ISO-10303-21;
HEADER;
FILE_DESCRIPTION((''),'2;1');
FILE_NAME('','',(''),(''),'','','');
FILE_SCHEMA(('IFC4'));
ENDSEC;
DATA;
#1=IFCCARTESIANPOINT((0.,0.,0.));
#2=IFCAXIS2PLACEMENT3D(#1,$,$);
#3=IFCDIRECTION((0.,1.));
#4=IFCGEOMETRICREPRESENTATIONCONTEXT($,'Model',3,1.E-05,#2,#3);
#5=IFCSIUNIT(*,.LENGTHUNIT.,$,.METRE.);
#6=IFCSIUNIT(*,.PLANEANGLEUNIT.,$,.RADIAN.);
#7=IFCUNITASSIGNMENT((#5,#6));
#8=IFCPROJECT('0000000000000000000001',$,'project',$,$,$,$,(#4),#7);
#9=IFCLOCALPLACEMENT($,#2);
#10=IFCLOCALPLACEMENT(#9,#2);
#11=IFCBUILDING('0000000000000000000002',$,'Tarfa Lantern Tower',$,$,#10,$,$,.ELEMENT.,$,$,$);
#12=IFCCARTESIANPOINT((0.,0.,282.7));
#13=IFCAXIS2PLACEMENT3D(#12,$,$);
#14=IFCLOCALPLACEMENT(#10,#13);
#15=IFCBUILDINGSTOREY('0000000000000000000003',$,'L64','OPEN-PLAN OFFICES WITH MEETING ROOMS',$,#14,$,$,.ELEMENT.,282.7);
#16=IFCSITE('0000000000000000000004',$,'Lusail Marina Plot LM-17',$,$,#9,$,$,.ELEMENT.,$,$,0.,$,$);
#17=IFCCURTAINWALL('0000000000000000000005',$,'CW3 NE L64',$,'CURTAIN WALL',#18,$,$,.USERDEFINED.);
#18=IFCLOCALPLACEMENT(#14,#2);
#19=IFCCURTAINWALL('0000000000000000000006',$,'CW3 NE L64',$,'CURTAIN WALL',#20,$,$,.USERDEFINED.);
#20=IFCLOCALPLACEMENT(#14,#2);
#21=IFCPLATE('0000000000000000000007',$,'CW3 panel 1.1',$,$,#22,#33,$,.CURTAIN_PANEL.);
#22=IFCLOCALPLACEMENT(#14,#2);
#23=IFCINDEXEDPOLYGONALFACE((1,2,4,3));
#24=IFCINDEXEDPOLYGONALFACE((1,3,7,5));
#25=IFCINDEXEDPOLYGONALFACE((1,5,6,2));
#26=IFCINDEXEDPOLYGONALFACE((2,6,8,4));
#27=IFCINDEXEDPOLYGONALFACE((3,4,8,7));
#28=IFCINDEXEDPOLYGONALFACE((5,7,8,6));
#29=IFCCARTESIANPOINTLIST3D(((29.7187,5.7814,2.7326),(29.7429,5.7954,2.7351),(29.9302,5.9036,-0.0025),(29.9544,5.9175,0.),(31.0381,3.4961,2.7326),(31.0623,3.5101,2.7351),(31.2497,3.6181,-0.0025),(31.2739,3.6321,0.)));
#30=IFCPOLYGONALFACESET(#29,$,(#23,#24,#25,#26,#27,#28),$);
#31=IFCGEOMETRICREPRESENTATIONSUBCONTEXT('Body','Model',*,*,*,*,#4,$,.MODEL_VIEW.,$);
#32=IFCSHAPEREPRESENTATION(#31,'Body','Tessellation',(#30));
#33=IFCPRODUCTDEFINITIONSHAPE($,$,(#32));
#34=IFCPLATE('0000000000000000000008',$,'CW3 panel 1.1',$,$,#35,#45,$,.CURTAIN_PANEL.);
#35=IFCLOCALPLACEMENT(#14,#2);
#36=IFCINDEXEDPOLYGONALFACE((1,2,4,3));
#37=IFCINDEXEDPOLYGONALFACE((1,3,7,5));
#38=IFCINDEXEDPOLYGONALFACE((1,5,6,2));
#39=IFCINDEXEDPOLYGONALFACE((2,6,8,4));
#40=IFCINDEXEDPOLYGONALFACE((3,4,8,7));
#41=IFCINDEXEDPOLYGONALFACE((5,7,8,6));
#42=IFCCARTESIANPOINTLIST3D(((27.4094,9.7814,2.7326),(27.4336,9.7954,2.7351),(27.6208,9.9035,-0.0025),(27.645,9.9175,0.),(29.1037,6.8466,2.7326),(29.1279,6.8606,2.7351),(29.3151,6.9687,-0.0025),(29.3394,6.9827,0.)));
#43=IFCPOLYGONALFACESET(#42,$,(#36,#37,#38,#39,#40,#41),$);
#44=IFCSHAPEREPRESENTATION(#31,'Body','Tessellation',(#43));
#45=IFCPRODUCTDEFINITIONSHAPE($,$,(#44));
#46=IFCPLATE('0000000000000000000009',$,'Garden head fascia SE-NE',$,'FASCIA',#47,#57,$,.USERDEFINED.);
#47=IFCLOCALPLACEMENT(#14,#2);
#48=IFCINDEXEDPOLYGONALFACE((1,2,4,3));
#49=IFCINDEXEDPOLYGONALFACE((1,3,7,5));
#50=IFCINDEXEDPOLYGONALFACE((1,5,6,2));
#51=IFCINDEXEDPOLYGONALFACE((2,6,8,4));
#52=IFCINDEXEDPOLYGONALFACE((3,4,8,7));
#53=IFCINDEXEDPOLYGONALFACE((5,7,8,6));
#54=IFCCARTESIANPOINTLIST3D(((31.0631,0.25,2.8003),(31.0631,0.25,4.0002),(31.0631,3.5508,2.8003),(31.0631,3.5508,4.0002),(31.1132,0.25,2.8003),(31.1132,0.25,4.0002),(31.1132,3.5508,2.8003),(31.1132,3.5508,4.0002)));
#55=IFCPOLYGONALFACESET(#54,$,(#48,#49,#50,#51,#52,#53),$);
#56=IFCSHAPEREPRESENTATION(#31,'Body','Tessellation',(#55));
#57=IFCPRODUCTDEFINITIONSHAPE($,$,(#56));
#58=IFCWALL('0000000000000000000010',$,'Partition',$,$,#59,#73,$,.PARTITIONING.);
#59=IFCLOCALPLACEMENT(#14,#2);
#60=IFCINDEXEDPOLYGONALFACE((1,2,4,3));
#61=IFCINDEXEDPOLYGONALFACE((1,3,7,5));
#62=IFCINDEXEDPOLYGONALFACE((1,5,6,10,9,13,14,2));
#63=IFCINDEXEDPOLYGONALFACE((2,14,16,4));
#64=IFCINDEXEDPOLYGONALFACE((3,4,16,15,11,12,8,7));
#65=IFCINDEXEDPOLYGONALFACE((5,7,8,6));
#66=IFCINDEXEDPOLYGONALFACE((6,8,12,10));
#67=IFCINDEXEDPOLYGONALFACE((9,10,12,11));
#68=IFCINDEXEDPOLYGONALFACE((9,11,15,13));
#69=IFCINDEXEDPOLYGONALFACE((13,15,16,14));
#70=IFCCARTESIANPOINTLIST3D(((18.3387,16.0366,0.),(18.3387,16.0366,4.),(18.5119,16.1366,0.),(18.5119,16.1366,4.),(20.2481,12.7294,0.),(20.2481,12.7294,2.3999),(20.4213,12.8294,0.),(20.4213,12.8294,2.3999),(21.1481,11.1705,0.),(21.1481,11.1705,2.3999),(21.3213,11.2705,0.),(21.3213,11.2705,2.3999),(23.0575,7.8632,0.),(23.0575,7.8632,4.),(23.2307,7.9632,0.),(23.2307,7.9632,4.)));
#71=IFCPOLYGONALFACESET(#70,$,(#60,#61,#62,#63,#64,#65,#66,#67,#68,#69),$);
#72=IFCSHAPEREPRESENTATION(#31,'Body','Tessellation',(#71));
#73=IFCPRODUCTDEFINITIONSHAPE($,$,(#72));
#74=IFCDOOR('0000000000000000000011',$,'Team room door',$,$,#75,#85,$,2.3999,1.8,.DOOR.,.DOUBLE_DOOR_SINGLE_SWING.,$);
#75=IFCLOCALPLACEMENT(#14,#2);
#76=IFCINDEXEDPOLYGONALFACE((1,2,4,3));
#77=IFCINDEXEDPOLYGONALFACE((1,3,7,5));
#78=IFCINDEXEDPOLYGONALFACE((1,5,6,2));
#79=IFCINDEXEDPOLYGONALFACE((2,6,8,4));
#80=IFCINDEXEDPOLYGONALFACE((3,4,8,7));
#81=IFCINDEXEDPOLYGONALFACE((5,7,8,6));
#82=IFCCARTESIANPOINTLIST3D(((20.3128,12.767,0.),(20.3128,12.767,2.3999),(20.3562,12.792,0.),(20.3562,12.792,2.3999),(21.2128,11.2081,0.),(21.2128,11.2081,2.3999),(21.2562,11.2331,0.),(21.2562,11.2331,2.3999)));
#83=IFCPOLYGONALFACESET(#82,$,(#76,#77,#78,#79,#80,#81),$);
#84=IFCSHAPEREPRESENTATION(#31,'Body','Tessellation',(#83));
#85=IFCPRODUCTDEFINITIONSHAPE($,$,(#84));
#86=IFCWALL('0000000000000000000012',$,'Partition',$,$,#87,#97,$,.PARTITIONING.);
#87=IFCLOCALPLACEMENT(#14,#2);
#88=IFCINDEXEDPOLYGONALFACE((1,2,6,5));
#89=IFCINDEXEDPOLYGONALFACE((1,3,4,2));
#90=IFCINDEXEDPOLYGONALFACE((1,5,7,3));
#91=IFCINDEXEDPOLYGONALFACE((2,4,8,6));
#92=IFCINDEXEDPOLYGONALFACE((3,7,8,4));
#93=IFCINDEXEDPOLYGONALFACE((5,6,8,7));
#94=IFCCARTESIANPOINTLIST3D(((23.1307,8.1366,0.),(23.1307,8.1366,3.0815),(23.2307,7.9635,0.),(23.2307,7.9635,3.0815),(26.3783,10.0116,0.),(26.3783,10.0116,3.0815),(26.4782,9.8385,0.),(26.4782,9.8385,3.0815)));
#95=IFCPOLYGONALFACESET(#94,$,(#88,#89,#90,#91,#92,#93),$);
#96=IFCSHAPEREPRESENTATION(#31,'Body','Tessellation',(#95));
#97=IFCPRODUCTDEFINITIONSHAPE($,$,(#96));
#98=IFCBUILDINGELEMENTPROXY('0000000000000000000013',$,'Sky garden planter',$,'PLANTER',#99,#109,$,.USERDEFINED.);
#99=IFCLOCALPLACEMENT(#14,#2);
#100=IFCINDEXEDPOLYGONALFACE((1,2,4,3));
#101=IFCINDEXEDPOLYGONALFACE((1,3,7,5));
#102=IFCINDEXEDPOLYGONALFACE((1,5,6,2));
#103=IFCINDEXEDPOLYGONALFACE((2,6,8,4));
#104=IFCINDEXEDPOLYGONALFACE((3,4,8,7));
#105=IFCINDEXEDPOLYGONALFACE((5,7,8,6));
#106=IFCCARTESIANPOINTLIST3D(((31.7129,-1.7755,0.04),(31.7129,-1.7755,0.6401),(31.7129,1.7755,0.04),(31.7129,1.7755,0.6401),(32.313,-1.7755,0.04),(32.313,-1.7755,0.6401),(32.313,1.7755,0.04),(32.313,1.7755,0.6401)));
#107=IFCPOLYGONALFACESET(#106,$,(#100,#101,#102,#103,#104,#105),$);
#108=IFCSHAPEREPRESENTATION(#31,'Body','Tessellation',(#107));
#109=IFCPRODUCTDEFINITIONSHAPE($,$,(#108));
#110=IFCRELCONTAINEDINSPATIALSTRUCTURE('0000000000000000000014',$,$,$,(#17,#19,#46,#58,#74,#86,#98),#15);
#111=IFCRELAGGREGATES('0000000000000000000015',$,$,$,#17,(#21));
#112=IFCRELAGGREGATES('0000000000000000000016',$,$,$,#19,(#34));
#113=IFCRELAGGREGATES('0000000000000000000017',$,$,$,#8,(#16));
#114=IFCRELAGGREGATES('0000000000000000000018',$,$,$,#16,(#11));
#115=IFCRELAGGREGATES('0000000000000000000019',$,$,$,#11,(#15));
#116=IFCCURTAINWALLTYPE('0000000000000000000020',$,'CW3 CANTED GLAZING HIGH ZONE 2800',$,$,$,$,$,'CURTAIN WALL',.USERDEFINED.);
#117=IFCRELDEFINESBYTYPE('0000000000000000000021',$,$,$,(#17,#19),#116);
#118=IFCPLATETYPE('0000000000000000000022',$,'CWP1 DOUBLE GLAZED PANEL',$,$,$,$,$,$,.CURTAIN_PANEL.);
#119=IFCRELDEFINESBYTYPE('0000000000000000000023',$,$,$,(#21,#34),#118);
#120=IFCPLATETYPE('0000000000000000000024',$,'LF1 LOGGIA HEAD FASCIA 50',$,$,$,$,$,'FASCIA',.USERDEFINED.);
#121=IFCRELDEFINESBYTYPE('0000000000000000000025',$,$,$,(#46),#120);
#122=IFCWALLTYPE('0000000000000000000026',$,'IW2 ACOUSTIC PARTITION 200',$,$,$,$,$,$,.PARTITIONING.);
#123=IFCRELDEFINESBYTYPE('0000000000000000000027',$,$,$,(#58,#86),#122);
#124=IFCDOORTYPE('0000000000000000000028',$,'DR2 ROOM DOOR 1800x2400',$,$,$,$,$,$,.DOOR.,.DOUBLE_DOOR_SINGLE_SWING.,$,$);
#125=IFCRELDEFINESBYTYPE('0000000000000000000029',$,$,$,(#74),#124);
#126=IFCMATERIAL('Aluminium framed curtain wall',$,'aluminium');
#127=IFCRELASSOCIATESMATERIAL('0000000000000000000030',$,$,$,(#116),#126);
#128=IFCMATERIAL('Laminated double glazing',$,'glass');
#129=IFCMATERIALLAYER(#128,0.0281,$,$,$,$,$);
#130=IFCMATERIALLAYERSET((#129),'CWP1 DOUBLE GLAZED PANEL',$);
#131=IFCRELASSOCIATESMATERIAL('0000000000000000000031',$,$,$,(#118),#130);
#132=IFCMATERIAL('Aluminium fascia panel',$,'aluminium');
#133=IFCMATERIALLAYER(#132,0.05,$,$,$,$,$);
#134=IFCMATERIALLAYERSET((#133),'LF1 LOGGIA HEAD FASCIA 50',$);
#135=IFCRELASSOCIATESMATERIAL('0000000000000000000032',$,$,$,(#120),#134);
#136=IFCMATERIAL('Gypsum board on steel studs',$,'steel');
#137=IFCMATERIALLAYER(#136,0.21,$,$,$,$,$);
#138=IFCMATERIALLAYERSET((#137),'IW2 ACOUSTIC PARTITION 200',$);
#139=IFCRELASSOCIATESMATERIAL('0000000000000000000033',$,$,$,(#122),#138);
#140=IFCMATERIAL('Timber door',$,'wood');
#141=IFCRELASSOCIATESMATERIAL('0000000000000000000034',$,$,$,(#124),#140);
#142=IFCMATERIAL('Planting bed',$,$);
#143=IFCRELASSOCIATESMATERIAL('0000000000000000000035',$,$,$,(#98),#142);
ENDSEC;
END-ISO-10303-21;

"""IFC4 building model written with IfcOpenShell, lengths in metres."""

from ifc_helpers import new_model, si_unit, direction, frame, frame_2d, origin, origin_2d, place, context, subcontext, project, spatial, polyline, rectangle, outline, extrude, material, layer, layer_set, type_object, element, fill, aggregate, save


model = new_model("IFC4")

# Units and contexts
model_context = context("Model", 3, precision=1e-05, world=origin(), true_north=direction((0.0, 1.0)))
body_context = subcontext(model_context, "Body", "Model", "MODEL_VIEW")
ifc_project = project(units=[si_unit("LENGTHUNIT", "METRE"), si_unit("PLANEANGLEUNIT", "RADIAN")], contexts=[model_context])

# Site, building, storey
site_placement = place(None, origin())
site = spatial("IfcSite", under=ifc_project, at=site_placement, Name="Lusail Marina Plot LM-17", CompositionType="ELEMENT", RefElevation=0.0)
building_placement = place(site_placement, origin())
building = spatial("IfcBuilding", under=site, at=building_placement, Name="Tarfa Lantern Tower", CompositionType="ELEMENT")
storey_placement = place(building_placement, frame((0.0, 0.0, 282.7)))
storey = spatial("IfcBuildingStorey", under=building, at=storey_placement, Name="L64", Description="OPEN-PLAN OFFICES WITH MEETING ROOMS", CompositionType="ELEMENT", Elevation=282.7)

# Curtain walls
ifc_material_1 = material(Name="Aluminium framed curtain wall", Category="aluminium")
curtain_wall_type = type_object("IfcCurtainWallType", Name="CW3 CANTED GLAZING HIGH ZONE 2800", ElementType="CURTAIN WALL", PredefinedType="USERDEFINED", material=ifc_material_1)
curtain_wall_1_placement = place(storey_placement, origin())
curtain_wall_1 = element("IfcCurtainWall", 1, at=curtain_wall_1_placement, inside=storey, type_object=curtain_wall_type, Name="CW3 NE L64", ObjectType="CURTAIN WALL", PredefinedType="USERDEFINED")
curtain_wall_2_placement = place(storey_placement, origin())
curtain_wall_2 = element("IfcCurtainWall", 2, at=curtain_wall_2_placement, inside=storey, type_object=curtain_wall_type, Name="CW3 NE L64", ObjectType="CURTAIN WALL", PredefinedType="USERDEFINED")

# Plates
ifc_material_2 = material(Name="Laminated double glazing", Category="glass")
ifc_layer_1 = layer(ifc_material_2, 0.0281)
ifc_layer_set_1 = layer_set([ifc_layer_1], Name="CWP1 DOUBLE GLAZED PANEL")
plate_type_1 = type_object("IfcPlateType", Name="CWP1 DOUBLE GLAZED PANEL", PredefinedType="CURTAIN_PANEL", material=ifc_layer_set_1)
plate_1_placement = place(storey_placement, frame((31.2739, 3.6321, 0.0), z_axis=(0.862596, 0.498013, 0.088945), x_axis=(-0.499995, 0.866028, 0.000004)))
plate_1 = element("IfcPlate", 3, at=plate_1_placement, type_object=plate_type_1, Name="CW3 panel 1.1", PredefinedType="CURTAIN_PANEL", context=body_context, shape_type="SweptSolid", body=[
    extrude(outline(polyline([(0.0, 0.0), (2.639, 0.0), (2.639, 2.746), (0.0001, 2.746), (0.0, 0.0)])), origin(), (0.0, 0.0, -1.0), 0.0281),
])
aggregate(curtain_wall_1, [plate_1])
plate_2_placement = place(storey_placement, frame((29.3394, 6.9827, 0.0), z_axis=(0.862606, 0.498002, 0.088906), x_axis=(-0.499982, 0.866036, 0.0)))
plate_2 = element("IfcPlate", 4, at=plate_2_placement, type_object=plate_type_1, Name="CW3 panel 1.1", PredefinedType="CURTAIN_PANEL", context=body_context, shape_type="SweptSolid", body=[
    extrude(outline(polyline([(0.0, 0.0), (3.3888, 0.0), (3.3888, 2.746), (0.0, 2.746), (0.0, 0.0)])), origin(), (0.0, 0.0, -1.0), 0.0281),
])
aggregate(curtain_wall_2, [plate_2])
ifc_material_3 = material(Name="Aluminium fascia panel", Category="aluminium")
ifc_layer_2 = layer(ifc_material_3, 0.05)
ifc_layer_set_2 = layer_set([ifc_layer_2], Name="LF1 LOGGIA HEAD FASCIA 50")
plate_type_2 = type_object("IfcPlateType", Name="LF1 LOGGIA HEAD FASCIA 50", ElementType="FASCIA", PredefinedType="USERDEFINED", material=ifc_layer_set_2)
plate_3_placement = place(storey_placement, frame((31.0881, 1.9004, 2.8003), z_axis=(0.0, 0.0, 1.0), x_axis=(0.0, 1.0, 0.0)))
element("IfcPlate", 5, at=plate_3_placement, inside=storey, type_object=plate_type_2, Name="Garden head fascia SE-NE", ObjectType="FASCIA", PredefinedType="USERDEFINED", context=body_context, shape_type="SweptSolid", body=[
    extrude(rectangle(XDim=3.3008, YDim=0.05, at=origin_2d()), origin(), (0.0, 0.0, 1.0), 1.2),
])

# Wall, opening, door
ifc_material_4 = material(Name="Gypsum board on steel studs", Category="steel")
ifc_layer_3 = layer(ifc_material_4, 0.21)
ifc_layer_set_3 = layer_set([ifc_layer_3], Name="IW2 ACOUSTIC PARTITION 200")
wall_type = type_object("IfcWallType", Name="IW2 ACOUSTIC PARTITION 200", PredefinedType="PARTITIONING", material=ifc_layer_set_3)
wall_1_placement = place(storey_placement, frame((23.144, 7.9133, 0.0), z_axis=(0.0, 0.0, 1.0), x_axis=(-0.49999, 0.866031, 0.0)))
wall_1 = element("IfcWall", 6, at=wall_1_placement, inside=storey, type_object=wall_type, Name="Partition", PredefinedType="PARTITIONING", context=body_context, shape_type="SweptSolid", body=[
    extrude(rectangle(XDim=9.4377, YDim=0.2, at=frame_2d((4.7188, 0.0))), origin(), (0.0, 0.0, 1.0), 4.0),
])
opening_placement = place(wall_1_placement, frame((3.8188, 0.0, 0.0)))
opening = element("IfcOpeningElement", 7, at=opening_placement, cuts=wall_1, PredefinedType="OPENING", context=body_context, shape_type="SweptSolid", body=[
    extrude(rectangle(XDim=1.8, YDim=2.3999, at=frame_2d((0.8999, 1.2))), frame((0.0, 0.1099, 0.0), z_axis=(0.0, -1.0, 0.0), x_axis=(1.0, 0.0, 0.0)), (0.0, 0.0, 1.0), 0.22),
])
ifc_material_5 = material(Name="Timber door", Category="wood")
door_type = type_object("IfcDoorType", Name="DR2 ROOM DOOR 1800x2400", OperationType="DOUBLE_DOOR_SINGLE_SWING", PredefinedType="DOOR", material=ifc_material_5)
door_placement = place(opening_placement, frame((1.8, 0.0, 0.0), z_axis=(0.0, 0.0, 1.0), x_axis=(-1.0, 0.0, 0.0)))
door = element("IfcDoor", 8, at=door_placement, inside=storey, type_object=door_type, Name="Team room door", OperationType="DOUBLE_DOOR_SINGLE_SWING", OverallHeight=2.3999, OverallWidth=1.8, PredefinedType="DOOR", context=body_context, shape_type="SweptSolid", body=[
    extrude(rectangle(XDim=1.8, YDim=2.3999, at=frame_2d((0.8999, 1.2))), frame((0.0, 0.0249, 0.0), z_axis=(0.0, -1.0, 0.0), x_axis=(1.0, 0.0, 0.0)), (0.0, 0.0, 1.0), 0.05),
])
fill(opening, door)

# Wall
wall_2_placement = place(storey_placement, frame((23.1807, 8.05, 0.0), z_axis=(0.0, 0.0, 1.0), x_axis=(0.866023, 0.500004, 0.0)))
element("IfcWall", 9, at=wall_2_placement, inside=storey, type_object=wall_type, Name="Partition", PredefinedType="PARTITIONING", context=body_context, shape_type="SweptSolid", body=[
    extrude(rectangle(XDim=3.75, YDim=0.2, at=frame_2d((1.875, 0.0))), origin(), (0.0, 0.0, 1.0), 3.0815),
])

# Building element proxy
ifc_material_6 = material(Name="Planting bed")
proxy_placement = place(storey_placement, frame((32.0129, 0.0, 0.04), z_axis=(0.0, 0.0, 1.0), x_axis=(0.0, 1.0, 0.0)))
element("IfcBuildingElementProxy", 10, at=proxy_placement, inside=storey, material=ifc_material_6, Name="Sky garden planter", ObjectType="PLANTER", PredefinedType="USERDEFINED", context=body_context, shape_type="SweptSolid", body=[
    extrude(rectangle(XDim=3.551, YDim=0.6001, at=origin_2d()), origin(), (0.0, 0.0, 1.0), 0.6001),
])

save(model, "model.ifc")
